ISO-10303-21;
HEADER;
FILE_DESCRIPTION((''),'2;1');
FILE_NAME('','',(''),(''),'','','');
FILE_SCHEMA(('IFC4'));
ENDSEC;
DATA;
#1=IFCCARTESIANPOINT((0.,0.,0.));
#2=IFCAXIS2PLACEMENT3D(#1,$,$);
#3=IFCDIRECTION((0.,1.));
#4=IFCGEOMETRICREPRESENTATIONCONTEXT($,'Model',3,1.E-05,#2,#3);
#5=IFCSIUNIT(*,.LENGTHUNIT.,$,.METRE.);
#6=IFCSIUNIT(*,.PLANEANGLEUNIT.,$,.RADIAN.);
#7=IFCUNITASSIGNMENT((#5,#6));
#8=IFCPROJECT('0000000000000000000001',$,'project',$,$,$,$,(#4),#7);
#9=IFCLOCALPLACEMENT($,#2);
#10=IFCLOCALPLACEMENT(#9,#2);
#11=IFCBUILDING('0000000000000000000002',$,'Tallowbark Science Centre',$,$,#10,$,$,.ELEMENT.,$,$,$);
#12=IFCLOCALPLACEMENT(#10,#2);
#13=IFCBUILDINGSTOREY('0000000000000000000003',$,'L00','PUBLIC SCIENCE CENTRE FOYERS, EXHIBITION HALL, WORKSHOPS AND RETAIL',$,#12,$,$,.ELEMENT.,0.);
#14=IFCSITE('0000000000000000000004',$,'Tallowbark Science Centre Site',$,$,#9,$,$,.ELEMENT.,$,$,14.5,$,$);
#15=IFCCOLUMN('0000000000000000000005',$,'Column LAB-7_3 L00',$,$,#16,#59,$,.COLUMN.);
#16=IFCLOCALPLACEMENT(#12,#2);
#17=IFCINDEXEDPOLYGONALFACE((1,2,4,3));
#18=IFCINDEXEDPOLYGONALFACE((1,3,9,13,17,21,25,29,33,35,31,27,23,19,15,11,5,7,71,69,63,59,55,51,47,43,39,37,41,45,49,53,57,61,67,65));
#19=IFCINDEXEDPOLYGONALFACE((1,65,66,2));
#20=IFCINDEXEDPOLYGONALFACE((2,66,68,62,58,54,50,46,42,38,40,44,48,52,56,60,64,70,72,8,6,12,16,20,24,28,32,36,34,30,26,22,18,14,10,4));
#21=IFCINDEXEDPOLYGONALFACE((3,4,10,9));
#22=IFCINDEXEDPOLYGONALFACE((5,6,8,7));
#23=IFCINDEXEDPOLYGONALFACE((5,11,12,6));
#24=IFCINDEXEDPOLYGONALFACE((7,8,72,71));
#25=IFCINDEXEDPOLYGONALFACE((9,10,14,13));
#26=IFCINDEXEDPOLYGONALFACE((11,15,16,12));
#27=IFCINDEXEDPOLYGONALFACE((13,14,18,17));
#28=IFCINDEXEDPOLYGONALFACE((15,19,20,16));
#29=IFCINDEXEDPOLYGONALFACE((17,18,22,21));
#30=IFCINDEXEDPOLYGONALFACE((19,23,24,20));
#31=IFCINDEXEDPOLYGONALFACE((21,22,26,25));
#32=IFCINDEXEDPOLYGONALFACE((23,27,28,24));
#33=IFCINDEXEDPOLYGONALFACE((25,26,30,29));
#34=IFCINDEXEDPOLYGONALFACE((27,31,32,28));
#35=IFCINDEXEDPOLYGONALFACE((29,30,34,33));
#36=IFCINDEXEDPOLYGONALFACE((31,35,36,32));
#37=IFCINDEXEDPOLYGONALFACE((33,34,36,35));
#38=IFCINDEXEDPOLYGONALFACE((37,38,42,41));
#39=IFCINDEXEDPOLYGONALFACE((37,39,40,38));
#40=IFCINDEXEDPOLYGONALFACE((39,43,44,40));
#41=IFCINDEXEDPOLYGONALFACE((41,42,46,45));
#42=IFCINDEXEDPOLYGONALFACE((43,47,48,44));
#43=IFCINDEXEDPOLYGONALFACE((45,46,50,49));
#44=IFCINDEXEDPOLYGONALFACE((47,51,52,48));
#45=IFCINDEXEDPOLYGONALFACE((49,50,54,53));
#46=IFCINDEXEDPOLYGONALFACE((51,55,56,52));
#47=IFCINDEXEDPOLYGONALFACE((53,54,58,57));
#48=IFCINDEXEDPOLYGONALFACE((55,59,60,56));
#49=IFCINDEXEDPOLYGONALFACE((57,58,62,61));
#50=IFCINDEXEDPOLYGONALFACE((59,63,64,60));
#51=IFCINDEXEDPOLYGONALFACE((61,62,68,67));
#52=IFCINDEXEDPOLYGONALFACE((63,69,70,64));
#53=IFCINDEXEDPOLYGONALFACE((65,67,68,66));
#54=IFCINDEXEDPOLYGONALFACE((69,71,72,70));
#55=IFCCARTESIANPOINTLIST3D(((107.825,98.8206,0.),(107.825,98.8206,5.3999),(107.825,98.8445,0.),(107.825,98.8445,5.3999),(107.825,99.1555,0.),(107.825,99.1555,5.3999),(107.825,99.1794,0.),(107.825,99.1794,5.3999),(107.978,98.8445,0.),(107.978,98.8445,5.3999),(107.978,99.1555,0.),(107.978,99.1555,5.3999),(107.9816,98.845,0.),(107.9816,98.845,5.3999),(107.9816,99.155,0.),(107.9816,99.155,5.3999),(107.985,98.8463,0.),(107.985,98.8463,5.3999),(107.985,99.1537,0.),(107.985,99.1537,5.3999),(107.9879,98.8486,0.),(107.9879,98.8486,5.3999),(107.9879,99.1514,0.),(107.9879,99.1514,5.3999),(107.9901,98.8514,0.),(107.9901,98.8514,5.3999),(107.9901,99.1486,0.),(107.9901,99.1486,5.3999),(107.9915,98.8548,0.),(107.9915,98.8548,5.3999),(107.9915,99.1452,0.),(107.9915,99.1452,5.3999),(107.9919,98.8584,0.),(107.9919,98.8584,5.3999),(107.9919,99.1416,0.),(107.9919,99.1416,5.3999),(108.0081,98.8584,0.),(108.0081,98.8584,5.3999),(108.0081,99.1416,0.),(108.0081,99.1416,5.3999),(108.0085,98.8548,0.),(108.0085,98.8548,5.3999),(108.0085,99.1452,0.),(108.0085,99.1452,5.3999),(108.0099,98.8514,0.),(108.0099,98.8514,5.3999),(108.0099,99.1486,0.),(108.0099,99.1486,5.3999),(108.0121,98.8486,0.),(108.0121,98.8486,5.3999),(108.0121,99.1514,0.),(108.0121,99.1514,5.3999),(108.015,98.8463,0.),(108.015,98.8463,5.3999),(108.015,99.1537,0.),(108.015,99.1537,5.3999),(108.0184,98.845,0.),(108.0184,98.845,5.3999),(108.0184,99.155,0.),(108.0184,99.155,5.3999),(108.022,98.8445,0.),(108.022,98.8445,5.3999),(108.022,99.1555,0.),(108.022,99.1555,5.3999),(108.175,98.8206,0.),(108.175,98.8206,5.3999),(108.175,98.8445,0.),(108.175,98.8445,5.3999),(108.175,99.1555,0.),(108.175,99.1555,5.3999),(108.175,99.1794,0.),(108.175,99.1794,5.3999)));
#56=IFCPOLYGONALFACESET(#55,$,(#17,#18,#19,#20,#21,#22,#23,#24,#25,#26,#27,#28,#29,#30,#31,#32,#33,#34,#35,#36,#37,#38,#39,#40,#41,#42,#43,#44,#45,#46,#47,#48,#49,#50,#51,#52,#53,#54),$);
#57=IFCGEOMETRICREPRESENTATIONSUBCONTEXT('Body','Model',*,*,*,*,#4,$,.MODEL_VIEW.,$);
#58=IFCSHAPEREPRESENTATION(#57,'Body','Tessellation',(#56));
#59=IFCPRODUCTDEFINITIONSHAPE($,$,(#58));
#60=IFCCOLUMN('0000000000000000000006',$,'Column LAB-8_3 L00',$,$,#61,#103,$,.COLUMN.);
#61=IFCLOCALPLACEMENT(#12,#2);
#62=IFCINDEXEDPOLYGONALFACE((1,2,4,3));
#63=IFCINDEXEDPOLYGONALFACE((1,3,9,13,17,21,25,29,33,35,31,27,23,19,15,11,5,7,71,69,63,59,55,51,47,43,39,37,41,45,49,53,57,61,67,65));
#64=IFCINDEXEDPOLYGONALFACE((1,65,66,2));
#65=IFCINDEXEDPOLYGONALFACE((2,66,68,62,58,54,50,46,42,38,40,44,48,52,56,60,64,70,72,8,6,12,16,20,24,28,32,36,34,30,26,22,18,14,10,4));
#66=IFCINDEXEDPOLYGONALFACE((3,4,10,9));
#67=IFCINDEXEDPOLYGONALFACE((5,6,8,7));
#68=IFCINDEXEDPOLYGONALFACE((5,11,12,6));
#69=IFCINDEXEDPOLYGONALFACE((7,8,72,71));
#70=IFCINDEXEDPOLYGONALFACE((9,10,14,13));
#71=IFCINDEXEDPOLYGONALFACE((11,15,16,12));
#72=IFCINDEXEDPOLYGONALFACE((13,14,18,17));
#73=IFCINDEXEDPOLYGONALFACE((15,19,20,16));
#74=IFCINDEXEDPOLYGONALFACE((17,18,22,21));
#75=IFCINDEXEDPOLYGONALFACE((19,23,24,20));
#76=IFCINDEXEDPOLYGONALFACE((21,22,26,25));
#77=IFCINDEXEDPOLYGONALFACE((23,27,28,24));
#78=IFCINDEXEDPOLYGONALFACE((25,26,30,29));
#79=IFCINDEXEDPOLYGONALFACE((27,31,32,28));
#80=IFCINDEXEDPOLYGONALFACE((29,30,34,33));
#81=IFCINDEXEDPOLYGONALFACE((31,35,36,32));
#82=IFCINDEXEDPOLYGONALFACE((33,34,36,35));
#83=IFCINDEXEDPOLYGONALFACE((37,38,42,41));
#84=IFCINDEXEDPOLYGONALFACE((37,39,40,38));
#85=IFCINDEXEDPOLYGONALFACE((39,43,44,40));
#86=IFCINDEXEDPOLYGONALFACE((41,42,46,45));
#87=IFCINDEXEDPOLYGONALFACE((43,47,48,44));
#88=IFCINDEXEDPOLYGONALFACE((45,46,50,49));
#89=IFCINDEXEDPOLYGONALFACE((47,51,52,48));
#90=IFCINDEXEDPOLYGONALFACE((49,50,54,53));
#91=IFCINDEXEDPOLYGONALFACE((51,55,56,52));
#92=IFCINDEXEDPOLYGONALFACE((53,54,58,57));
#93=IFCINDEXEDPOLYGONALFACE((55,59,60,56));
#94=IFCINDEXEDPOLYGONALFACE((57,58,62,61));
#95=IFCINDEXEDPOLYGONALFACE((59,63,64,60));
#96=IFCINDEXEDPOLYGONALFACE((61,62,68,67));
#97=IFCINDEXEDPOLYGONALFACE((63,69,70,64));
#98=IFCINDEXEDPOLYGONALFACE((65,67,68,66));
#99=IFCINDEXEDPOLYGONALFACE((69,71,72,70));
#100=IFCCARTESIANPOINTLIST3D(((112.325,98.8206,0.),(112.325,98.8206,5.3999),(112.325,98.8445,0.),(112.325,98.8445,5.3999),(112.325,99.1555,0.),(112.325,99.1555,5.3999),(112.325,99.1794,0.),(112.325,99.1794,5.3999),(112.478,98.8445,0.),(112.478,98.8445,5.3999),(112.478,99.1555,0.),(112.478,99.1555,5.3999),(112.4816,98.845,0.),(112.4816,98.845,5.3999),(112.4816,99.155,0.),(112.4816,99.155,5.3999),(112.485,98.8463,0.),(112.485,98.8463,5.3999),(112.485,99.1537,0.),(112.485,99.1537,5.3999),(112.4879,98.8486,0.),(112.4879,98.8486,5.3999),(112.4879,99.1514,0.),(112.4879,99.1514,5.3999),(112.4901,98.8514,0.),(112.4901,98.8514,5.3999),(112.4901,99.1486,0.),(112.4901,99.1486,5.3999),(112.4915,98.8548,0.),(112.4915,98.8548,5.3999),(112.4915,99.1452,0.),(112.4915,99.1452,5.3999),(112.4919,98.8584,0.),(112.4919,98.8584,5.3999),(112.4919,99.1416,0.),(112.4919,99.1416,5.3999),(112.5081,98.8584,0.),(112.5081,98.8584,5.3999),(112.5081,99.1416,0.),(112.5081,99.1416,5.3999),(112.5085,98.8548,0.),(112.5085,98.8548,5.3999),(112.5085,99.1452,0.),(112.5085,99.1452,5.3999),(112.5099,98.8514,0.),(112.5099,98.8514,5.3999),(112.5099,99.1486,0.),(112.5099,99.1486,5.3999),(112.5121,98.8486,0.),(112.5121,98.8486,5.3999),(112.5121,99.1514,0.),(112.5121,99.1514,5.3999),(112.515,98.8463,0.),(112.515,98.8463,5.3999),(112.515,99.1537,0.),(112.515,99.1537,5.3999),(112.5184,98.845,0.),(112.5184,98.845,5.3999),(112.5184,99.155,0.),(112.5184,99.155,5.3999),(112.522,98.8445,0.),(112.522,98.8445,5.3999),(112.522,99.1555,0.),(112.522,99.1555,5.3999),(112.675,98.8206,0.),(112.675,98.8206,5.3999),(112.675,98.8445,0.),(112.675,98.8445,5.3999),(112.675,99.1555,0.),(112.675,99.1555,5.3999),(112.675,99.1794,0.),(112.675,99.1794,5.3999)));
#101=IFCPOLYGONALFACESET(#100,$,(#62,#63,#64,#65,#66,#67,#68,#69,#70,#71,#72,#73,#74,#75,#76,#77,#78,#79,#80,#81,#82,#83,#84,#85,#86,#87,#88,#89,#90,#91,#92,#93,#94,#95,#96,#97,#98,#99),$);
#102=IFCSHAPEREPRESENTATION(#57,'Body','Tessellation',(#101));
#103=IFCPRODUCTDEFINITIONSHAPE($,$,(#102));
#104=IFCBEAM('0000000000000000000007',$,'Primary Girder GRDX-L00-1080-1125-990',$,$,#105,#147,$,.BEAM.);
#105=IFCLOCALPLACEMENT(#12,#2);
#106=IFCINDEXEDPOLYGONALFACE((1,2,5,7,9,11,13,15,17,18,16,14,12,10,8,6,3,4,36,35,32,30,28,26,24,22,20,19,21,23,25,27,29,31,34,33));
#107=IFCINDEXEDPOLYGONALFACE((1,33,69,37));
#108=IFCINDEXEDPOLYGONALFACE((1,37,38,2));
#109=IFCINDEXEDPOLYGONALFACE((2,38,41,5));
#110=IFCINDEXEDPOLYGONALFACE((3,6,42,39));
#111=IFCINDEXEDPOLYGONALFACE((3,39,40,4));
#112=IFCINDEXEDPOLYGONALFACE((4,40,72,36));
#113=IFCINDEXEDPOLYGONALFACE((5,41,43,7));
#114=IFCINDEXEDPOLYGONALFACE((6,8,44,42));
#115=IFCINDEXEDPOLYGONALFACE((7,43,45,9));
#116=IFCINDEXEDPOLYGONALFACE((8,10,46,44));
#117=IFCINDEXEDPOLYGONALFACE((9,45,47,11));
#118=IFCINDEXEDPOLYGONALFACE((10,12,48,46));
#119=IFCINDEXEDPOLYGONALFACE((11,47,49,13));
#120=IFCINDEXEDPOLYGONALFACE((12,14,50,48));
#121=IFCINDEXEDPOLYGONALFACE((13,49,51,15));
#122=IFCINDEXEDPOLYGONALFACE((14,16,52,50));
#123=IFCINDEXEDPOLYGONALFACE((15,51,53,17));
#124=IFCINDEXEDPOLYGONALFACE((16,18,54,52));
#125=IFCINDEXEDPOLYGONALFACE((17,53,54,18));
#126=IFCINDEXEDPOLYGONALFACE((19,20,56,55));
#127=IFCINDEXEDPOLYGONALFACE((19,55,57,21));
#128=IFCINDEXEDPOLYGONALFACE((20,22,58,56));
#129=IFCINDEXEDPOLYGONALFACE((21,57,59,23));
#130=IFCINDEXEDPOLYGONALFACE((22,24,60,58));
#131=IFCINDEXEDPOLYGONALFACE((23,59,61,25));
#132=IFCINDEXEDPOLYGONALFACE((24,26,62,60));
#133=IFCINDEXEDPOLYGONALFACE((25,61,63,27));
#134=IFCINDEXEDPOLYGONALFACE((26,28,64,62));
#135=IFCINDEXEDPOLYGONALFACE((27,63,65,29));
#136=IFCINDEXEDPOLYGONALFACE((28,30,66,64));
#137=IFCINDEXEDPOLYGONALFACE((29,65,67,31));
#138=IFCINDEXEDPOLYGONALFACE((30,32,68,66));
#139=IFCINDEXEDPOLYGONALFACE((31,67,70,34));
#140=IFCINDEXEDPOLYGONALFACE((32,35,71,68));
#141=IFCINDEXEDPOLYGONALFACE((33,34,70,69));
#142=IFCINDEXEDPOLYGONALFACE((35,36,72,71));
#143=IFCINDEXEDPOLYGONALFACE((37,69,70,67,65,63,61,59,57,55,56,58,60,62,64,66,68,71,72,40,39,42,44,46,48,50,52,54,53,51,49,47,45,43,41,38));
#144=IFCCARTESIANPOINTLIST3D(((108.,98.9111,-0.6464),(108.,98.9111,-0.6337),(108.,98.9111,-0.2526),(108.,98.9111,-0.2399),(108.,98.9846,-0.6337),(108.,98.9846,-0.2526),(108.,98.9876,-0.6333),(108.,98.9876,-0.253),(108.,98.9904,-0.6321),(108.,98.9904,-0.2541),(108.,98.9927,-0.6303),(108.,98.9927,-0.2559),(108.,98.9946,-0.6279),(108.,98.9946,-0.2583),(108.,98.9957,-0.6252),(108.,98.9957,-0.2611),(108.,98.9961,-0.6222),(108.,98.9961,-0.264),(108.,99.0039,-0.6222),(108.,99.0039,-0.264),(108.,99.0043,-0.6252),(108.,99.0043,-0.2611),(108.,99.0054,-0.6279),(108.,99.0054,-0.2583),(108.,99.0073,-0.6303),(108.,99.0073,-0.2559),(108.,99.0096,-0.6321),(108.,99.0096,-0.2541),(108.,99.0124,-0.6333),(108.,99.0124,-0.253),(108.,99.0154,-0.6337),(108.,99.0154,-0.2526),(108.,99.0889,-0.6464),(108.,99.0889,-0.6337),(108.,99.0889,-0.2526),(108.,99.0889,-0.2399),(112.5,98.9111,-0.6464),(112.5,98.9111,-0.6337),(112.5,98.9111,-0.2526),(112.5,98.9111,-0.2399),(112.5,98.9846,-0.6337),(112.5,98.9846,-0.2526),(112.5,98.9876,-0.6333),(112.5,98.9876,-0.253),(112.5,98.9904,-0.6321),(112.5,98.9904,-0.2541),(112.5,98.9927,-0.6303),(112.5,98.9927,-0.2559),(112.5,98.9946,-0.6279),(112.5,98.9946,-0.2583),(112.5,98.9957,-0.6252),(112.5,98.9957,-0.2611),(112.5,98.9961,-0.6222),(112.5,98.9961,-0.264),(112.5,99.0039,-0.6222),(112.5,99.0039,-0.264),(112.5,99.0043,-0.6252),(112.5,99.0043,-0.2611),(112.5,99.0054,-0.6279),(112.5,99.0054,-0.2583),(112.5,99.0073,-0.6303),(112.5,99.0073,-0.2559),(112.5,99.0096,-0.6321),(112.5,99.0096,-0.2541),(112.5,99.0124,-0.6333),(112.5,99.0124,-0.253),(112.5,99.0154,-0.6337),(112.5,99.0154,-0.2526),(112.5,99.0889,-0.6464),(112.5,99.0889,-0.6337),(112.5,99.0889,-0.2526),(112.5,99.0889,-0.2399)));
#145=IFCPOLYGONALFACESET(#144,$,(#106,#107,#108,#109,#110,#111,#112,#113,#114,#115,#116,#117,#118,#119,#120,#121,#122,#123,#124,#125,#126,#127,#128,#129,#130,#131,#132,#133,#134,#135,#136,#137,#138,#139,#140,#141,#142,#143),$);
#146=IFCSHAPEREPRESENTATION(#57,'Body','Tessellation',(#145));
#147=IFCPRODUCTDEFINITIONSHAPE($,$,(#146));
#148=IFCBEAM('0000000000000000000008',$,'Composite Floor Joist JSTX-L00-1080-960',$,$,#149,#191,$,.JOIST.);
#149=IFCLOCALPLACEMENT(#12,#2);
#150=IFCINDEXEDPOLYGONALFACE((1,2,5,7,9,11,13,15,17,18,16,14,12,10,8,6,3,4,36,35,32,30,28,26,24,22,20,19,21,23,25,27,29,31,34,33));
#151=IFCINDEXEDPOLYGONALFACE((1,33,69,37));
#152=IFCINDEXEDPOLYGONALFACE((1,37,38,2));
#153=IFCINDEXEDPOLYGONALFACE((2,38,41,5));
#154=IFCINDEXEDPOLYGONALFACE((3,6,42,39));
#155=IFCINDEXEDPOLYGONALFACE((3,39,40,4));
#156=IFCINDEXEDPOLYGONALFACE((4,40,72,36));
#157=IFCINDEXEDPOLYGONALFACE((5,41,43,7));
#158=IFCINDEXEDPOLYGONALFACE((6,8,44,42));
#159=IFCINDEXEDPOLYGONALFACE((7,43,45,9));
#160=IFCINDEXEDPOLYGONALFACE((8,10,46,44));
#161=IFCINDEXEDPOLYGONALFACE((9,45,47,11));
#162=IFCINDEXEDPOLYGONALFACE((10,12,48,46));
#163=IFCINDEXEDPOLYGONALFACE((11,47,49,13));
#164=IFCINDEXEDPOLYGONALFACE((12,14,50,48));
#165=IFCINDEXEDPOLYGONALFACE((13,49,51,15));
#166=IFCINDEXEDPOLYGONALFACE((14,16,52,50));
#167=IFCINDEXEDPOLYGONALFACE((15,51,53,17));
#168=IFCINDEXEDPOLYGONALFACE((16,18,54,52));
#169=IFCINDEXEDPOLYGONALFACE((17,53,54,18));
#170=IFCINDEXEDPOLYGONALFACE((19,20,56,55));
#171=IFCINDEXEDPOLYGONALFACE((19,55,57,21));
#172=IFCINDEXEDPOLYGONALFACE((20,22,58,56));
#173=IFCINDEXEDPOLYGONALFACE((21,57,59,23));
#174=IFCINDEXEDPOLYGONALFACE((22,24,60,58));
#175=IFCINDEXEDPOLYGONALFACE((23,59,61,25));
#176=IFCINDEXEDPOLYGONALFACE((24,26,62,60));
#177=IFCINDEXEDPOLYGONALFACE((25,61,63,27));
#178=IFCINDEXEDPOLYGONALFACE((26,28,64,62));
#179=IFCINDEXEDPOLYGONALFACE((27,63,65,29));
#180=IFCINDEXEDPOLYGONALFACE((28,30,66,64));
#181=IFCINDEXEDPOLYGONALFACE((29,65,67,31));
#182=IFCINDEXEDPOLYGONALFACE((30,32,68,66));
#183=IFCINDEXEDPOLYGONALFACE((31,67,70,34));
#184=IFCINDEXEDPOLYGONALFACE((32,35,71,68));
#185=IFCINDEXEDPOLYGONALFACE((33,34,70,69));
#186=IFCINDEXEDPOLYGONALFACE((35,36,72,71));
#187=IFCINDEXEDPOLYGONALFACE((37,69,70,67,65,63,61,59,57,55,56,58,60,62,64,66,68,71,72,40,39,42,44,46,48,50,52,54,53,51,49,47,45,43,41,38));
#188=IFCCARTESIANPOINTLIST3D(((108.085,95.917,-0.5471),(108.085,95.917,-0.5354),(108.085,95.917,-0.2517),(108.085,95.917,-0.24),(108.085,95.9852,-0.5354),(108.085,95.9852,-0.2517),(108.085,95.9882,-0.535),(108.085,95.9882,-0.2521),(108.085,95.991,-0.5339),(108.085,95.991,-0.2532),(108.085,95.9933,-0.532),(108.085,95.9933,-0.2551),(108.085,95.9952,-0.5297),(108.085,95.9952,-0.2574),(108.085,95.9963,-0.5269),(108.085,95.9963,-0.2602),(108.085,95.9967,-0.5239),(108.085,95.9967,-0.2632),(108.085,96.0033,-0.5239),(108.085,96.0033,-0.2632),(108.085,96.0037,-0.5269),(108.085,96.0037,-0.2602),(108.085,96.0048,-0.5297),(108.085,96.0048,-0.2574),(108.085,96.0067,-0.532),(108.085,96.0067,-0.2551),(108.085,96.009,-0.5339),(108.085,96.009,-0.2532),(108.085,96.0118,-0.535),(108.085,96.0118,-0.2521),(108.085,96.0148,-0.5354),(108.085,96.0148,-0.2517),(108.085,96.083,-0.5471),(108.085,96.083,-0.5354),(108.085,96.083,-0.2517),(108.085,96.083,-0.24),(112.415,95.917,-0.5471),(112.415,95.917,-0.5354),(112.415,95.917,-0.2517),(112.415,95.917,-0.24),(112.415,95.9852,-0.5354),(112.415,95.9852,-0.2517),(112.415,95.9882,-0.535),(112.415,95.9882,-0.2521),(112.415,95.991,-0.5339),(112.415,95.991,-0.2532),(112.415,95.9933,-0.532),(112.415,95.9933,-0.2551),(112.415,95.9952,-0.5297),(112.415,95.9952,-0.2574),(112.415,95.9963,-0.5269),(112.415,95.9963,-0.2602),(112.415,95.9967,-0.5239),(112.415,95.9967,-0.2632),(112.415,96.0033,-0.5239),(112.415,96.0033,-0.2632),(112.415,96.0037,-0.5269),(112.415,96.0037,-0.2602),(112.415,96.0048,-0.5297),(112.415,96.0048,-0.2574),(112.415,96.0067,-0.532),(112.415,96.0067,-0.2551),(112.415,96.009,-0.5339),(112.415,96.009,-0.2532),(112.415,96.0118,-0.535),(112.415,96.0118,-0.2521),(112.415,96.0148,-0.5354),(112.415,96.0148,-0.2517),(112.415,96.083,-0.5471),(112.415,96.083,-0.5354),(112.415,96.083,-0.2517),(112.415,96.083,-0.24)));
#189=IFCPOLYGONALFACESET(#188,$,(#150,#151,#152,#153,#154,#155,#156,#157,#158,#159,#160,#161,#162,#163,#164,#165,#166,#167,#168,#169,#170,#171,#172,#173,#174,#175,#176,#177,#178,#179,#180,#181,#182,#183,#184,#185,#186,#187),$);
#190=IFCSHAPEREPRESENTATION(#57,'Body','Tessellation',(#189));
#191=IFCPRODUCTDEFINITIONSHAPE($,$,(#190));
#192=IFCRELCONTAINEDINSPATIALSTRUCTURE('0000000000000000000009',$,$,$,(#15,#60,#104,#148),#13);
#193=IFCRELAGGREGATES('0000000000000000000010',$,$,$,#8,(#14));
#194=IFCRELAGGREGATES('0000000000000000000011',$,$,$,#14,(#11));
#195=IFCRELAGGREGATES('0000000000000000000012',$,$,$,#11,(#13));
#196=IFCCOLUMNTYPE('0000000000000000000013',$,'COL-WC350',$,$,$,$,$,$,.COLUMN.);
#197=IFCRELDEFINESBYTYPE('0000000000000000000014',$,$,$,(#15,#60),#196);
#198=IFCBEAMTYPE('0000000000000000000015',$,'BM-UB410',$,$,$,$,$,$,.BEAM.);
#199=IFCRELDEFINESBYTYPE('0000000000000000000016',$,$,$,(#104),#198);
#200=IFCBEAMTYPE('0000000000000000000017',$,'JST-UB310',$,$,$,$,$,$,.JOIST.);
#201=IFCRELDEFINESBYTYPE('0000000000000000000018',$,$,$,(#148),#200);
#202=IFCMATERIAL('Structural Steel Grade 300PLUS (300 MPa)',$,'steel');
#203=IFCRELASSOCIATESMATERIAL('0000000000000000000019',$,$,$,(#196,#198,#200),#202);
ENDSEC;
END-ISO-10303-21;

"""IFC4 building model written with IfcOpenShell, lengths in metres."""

from ifc_helpers import new_model, si_unit, direction, frame, origin, origin_2d, place, context, subcontext, project, spatial, i_section, extrude, material, material_profile, profile_set, type_object, element, save


model = new_model("IFC4")

# Units and contexts
model_context = context("Model", 3, precision=1e-05, world=origin(), true_north=direction((0.0, 1.0)))
body_context = subcontext(model_context, "Body", "Model", "MODEL_VIEW")
ifc_project = project(units=[si_unit("LENGTHUNIT", "METRE"), si_unit("PLANEANGLEUNIT", "RADIAN")], contexts=[model_context])

# Site, building, storey
site_placement = place(None, origin())
site = spatial("IfcSite", under=ifc_project, at=site_placement, Name="Tallowbark Science Centre Site", CompositionType="ELEMENT", RefElevation=14.5)
building_placement = place(site_placement, origin())
building = spatial("IfcBuilding", under=site, at=building_placement, Name="Tallowbark Science Centre", CompositionType="ELEMENT")
storey_placement = place(building_placement, origin())
storey = spatial("IfcBuildingStorey", under=building, at=storey_placement, Name="L00", Description="PUBLIC SCIENCE CENTRE FOYERS, EXHIBITION HALL, WORKSHOPS AND RETAIL", CompositionType="ELEMENT", Elevation=0.0)

# Columns
ifc_material_1 = material(Name="Structural Steel Grade 300PLUS (300 MPa)", Category="steel")
ifc_material_profile_1 = material_profile(ifc_material_1, i_section(OverallWidth=0.3501, OverallDepth=0.3589, WebThickness=0.0161, FlangeThickness=0.0239, FilletRadius=0.0139, at=origin_2d()), Name="350WC197")
ifc_profile_set_1 = profile_set([ifc_material_profile_1], Name="Structural Steel Grade 300PLUS (300 MPa)")
column_type = type_object("IfcColumnType", Name="COL-WC350", PredefinedType="COLUMN", material=ifc_profile_set_1)
for number, where, z_axis, x_axis, name in (
    (1, (108.0, 99.0, 0.0), (0.0, 0.0, 1.0), (1.0, 0.0, 0.0), "Column LAB-7_3 L00"),
    (2, (112.5, 99.0, 0.0), (0.0, 0.0, 1.0), (1.0, 0.0, 0.0), "Column LAB-8_3 L00"),
):
    element("IfcColumn", number, at=place(storey_placement, frame(where, z_axis=z_axis, x_axis=x_axis)), inside=storey, type_object=column_type, Name=name, PredefinedType="COLUMN", context=body_context, shape_type="SweptSolid", body=[
        extrude(i_section(OverallWidth=0.3501, OverallDepth=0.3589, WebThickness=0.0161, FlangeThickness=0.0239, FilletRadius=0.0139, at=origin_2d()), origin(), (0.0, 0.0, 1.0), 5.3999),
    ])

# Beams
ifc_material_profile_2 = material_profile(ifc_material_1, i_section(OverallWidth=0.1777, OverallDepth=0.4065, WebThickness=0.0078, FlangeThickness=0.0127, FilletRadius=0.0115, at=origin_2d()), Name="410UB59.7")
ifc_profile_set_2 = profile_set([ifc_material_profile_2], Name="Structural Steel Grade 300PLUS (300 MPa)")
beam_type_1 = type_object("IfcBeamType", Name="BM-UB410", PredefinedType="BEAM", material=ifc_profile_set_2)
beam_1_placement = place(storey_placement, frame((108.0, 99.0, -0.4431), z_axis=(1.0, 0.0, 0.0), x_axis=(0.0, 1.0, 0.0)))
element("IfcBeam", 3, at=beam_1_placement, inside=storey, type_object=beam_type_1, Name="Primary Girder GRDX-L00-1080-1125-990", PredefinedType="BEAM", context=body_context, shape_type="SweptSolid", body=[
    extrude(i_section(OverallWidth=0.1777, OverallDepth=0.4065, WebThickness=0.0078, FlangeThickness=0.0127, FilletRadius=0.0115, at=origin_2d()), origin(), (0.0, 0.0, 1.0), 4.5),
])
ifc_material_profile_3 = material_profile(ifc_material_1, i_section(OverallWidth=0.166, OverallDepth=0.3071, WebThickness=0.0066, FlangeThickness=0.0117, FilletRadius=0.0115, at=origin_2d()), Name="310UB46.2")
ifc_profile_set_3 = profile_set([ifc_material_profile_3], Name="Structural Steel Grade 300PLUS (300 MPa)")
beam_type_2 = type_object("IfcBeamType", Name="JST-UB310", PredefinedType="JOIST", material=ifc_profile_set_3)
beam_2_placement = place(storey_placement, frame((108.085, 96.0, -0.3936), z_axis=(1.0, 0.0, 0.0), x_axis=(0.0, 1.0, 0.0)))
element("IfcBeam", 4, at=beam_2_placement, inside=storey, type_object=beam_type_2, Name="Composite Floor Joist JSTX-L00-1080-960", PredefinedType="JOIST", context=body_context, shape_type="SweptSolid", body=[
    extrude(i_section(OverallWidth=0.166, OverallDepth=0.3071, WebThickness=0.0066, FlangeThickness=0.0117, FilletRadius=0.0115, at=origin_2d()), origin(), (0.0, 0.0, 1.0), 4.3301),
])

save(model, "model.ifc")
